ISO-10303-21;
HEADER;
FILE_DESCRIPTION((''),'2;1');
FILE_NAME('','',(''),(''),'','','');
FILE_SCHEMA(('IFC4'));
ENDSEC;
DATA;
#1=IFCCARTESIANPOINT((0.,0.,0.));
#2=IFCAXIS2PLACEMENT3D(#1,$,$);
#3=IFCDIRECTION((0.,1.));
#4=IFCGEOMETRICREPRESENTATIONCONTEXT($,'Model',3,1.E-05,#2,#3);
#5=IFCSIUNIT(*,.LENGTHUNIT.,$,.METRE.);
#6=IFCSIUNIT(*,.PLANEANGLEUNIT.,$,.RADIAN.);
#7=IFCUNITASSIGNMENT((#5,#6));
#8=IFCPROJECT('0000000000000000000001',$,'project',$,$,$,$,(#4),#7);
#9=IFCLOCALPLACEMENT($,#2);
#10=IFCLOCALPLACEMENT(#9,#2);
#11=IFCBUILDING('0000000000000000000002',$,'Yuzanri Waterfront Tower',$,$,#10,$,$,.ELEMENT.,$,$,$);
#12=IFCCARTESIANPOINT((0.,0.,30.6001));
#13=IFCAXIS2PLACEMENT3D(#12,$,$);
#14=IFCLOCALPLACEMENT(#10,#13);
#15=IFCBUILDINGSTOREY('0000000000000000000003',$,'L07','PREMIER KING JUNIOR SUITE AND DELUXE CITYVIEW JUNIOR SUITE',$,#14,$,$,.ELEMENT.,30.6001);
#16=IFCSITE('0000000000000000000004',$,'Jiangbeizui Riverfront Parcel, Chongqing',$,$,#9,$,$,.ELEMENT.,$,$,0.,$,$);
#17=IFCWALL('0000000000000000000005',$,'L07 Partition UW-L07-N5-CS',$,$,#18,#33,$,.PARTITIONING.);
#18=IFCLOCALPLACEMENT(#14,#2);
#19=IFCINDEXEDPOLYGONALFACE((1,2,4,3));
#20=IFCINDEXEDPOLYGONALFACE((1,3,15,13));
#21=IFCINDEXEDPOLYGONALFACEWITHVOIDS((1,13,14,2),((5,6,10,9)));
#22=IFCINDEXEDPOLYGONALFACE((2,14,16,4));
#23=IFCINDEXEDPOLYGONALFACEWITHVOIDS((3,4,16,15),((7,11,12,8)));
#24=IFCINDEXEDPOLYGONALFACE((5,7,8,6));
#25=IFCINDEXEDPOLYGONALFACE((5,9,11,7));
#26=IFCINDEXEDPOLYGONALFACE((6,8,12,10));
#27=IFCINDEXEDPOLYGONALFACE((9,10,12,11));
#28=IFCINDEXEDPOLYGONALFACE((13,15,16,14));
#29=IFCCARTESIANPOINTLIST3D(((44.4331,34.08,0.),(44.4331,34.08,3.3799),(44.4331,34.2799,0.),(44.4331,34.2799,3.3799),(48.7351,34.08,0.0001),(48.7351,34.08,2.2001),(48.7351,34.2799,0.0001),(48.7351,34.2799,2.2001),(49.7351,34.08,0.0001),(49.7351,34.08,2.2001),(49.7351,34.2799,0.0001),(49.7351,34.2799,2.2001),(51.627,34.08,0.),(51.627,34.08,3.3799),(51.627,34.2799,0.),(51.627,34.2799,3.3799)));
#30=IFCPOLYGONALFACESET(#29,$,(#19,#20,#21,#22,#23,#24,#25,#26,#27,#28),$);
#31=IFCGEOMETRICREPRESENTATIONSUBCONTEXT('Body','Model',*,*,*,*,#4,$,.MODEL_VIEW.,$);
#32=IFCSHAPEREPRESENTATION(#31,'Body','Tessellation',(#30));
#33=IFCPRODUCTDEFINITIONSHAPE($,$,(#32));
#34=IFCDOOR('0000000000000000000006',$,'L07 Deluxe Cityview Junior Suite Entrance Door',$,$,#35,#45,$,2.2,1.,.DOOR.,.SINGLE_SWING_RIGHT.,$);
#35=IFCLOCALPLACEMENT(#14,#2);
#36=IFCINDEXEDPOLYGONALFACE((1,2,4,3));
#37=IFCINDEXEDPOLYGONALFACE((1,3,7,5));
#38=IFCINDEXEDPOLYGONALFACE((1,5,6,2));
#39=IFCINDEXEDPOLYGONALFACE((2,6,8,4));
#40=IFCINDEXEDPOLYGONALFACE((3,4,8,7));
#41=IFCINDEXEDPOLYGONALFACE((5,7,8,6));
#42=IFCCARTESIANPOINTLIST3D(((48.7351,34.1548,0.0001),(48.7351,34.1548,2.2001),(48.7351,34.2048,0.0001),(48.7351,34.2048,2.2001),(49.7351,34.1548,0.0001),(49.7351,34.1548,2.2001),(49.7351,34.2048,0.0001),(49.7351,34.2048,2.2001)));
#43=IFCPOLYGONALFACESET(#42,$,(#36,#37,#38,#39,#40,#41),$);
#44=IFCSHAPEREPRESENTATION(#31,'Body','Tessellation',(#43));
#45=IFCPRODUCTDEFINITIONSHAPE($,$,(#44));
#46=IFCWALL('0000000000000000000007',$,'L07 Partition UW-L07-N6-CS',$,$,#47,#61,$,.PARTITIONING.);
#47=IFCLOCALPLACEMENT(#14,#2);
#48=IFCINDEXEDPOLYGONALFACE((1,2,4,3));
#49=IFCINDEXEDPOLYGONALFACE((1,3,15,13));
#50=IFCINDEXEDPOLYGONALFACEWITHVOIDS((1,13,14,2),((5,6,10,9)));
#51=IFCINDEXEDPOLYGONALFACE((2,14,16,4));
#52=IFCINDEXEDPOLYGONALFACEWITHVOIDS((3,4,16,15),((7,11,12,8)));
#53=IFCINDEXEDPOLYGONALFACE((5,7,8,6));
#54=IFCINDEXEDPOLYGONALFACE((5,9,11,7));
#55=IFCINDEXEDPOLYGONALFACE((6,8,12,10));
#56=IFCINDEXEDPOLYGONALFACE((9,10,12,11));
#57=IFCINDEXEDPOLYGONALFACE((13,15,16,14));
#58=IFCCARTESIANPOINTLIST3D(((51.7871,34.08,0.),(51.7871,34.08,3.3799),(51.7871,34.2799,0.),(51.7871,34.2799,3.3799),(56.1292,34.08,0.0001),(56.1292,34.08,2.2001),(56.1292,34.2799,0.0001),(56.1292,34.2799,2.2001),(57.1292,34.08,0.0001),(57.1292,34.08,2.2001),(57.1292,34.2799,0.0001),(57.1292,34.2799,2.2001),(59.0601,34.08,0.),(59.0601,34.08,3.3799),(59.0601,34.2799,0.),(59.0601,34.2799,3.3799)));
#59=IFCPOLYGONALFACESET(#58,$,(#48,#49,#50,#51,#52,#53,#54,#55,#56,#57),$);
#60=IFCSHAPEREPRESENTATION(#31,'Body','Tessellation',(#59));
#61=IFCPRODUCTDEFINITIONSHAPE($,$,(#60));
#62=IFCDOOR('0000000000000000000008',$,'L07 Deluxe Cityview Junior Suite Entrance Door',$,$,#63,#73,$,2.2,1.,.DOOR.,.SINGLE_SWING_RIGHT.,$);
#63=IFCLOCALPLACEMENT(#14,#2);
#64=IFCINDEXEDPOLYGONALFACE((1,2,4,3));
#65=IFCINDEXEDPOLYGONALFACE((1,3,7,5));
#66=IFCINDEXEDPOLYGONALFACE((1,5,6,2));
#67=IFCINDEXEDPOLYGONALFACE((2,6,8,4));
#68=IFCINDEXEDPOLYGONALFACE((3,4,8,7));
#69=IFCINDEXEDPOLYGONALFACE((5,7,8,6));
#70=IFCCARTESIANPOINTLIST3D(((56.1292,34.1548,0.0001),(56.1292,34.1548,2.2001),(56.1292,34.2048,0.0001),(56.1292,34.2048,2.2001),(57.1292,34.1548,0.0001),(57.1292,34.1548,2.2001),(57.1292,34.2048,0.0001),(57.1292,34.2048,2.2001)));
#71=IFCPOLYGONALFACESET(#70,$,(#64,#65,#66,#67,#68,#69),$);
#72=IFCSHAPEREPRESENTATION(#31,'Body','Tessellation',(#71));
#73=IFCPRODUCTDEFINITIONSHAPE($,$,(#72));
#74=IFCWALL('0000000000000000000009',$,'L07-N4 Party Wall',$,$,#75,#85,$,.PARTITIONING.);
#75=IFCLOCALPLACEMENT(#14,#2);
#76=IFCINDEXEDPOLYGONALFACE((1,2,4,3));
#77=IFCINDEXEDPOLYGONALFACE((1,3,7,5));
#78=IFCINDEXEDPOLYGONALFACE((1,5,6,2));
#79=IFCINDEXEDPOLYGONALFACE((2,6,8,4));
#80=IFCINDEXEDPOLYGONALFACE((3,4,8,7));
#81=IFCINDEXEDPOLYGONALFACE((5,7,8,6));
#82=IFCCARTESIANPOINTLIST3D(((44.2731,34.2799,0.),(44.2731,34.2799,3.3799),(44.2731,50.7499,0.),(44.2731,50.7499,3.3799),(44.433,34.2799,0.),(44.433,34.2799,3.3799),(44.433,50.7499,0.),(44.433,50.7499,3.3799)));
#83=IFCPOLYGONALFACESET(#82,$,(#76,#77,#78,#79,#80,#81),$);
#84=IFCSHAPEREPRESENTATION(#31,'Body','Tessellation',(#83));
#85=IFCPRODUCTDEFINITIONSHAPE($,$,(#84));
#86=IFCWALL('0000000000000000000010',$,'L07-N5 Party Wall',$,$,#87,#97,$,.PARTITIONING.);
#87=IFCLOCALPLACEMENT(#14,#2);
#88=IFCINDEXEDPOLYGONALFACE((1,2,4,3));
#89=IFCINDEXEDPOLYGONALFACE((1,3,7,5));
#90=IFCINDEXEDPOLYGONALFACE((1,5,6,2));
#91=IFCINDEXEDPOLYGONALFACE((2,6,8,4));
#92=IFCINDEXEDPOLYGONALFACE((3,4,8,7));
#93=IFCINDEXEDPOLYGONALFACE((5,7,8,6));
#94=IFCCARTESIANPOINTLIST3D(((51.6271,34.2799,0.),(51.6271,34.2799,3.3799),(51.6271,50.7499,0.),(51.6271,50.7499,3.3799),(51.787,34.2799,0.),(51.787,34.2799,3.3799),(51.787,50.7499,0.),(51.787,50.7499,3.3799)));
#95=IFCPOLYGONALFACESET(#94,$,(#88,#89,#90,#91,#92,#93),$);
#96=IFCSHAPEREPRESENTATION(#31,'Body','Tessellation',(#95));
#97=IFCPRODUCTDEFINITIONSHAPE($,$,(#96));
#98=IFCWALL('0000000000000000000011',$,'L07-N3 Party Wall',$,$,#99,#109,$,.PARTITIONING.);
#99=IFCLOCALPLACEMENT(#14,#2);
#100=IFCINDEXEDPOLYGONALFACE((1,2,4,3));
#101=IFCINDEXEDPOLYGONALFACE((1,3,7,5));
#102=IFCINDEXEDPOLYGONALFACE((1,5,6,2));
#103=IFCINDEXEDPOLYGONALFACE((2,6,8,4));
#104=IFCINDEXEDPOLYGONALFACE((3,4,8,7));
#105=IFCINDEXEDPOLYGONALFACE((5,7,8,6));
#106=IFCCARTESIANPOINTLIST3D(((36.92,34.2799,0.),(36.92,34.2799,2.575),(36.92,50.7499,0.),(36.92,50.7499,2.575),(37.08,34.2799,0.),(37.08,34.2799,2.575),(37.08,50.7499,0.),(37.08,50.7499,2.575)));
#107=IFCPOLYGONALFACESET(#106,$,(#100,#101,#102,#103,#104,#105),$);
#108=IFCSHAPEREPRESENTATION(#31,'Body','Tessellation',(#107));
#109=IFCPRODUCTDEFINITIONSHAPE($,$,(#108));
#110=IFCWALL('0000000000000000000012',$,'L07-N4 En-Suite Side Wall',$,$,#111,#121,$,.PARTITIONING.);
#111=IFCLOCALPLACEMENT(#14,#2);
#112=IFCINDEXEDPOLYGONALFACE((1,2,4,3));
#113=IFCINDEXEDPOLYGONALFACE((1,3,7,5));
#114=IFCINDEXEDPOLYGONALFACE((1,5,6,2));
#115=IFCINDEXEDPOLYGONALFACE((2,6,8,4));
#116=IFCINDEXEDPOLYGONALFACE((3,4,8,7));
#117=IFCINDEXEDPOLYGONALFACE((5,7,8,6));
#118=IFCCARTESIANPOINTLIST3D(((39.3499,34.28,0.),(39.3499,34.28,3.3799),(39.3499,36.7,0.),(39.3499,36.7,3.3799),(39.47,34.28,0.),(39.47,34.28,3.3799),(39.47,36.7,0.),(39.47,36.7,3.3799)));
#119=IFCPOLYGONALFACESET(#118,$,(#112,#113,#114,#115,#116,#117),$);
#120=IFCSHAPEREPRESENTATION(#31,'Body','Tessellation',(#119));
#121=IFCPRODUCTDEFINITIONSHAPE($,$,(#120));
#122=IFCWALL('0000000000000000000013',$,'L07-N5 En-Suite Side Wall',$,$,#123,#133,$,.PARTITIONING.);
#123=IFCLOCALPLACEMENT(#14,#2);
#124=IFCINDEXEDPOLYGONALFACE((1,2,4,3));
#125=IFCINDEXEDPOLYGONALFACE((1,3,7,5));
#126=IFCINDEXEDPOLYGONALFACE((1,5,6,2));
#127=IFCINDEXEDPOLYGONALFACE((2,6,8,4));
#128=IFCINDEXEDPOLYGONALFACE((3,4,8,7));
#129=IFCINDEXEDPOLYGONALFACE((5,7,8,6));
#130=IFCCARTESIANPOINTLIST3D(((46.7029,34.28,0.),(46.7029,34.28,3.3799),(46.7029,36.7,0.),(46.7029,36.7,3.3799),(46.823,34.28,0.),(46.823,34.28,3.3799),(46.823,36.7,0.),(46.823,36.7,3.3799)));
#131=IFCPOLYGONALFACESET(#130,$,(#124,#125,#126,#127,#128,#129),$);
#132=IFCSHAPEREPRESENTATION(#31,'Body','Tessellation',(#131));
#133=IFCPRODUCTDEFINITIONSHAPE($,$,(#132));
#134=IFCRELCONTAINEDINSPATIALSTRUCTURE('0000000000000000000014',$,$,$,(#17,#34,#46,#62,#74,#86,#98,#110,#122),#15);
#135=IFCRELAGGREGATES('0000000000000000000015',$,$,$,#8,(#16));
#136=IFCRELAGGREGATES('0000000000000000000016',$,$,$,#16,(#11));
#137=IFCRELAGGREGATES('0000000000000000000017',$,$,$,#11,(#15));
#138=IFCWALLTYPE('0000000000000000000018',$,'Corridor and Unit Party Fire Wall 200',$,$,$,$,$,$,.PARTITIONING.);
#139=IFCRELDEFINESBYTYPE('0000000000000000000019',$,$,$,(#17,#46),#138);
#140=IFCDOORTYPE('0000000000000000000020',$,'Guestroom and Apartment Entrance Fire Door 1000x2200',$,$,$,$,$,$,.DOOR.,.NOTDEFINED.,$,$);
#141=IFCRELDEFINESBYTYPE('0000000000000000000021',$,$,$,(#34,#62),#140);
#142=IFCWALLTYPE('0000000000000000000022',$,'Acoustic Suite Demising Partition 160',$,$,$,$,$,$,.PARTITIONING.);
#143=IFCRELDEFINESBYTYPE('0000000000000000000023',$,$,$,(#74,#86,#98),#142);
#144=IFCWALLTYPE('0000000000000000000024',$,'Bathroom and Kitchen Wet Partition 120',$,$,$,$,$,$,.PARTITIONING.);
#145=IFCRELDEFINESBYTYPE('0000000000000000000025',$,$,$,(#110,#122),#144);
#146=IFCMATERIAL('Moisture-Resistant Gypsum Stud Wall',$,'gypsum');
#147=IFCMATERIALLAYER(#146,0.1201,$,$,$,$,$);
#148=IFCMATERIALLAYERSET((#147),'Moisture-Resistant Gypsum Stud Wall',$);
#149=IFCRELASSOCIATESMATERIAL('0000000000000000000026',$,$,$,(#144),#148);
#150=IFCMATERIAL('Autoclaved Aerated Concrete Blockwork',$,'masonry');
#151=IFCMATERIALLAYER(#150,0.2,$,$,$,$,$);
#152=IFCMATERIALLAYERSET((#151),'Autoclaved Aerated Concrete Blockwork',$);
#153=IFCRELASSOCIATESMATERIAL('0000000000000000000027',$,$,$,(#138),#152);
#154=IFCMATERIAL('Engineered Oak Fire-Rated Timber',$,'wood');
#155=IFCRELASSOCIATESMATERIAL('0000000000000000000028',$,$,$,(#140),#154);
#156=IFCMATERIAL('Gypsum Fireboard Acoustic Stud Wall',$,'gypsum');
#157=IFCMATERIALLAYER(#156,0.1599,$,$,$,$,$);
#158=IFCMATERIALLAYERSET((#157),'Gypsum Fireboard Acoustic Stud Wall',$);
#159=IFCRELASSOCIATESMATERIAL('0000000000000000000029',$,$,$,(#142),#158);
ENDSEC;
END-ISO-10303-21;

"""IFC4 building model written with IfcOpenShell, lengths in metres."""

from ifc_helpers import new_model, si_unit, direction, frame, frame_2d, origin, place, context, subcontext, project, spatial, rectangle, extrude, source, transform, mapped, material, layer, layer_set, type_object, element, fill, save


model = new_model("IFC4")

# Units and contexts
model_context = context("Model", 3, precision=1e-05, world=origin(), true_north=direction((0.0, 1.0)))
body_context = subcontext(model_context, "Body", "Model", "MODEL_VIEW")
ifc_project = project(units=[si_unit("LENGTHUNIT", "METRE"), si_unit("PLANEANGLEUNIT", "RADIAN")], contexts=[model_context])

# Site, building, storey
site_placement = place(None, origin())
site = spatial("IfcSite", under=ifc_project, at=site_placement, Name="Jiangbeizui Riverfront Parcel, Chongqing", CompositionType="ELEMENT", RefElevation=0.0)
building_placement = place(site_placement, origin())
building = spatial("IfcBuilding", under=site, at=building_placement, Name="Yuzanri Waterfront Tower", CompositionType="ELEMENT")
storey_placement = place(building_placement, frame((0.0, 0.0, 30.6001)))
storey = spatial("IfcBuildingStorey", under=building, at=storey_placement, Name="L07", Description="PREMIER KING JUNIOR SUITE AND DELUXE CITYVIEW JUNIOR SUITE", CompositionType="ELEMENT", Elevation=30.6001)

# Walls, openings, doors
ifc_material_1 = material(Name="Moisture-Resistant Gypsum Stud Wall", Category="gypsum")
ifc_layer_1 = layer(ifc_material_1, 0.1201)
ifc_layer_set_1 = layer_set([ifc_layer_1], Name="Moisture-Resistant Gypsum Stud Wall")
wall_type_1 = type_object("IfcWallType", Name="Bathroom and Kitchen Wet Partition 120", PredefinedType="PARTITIONING", material=ifc_layer_set_1)
ifc_material_2 = material(Name="Autoclaved Aerated Concrete Blockwork", Category="masonry")
ifc_layer_2 = layer(ifc_material_2, 0.2)
ifc_layer_set_2 = layer_set([ifc_layer_2], Name="Autoclaved Aerated Concrete Blockwork")
wall_type_2 = type_object("IfcWallType", Name="Corridor and Unit Party Fire Wall 200", PredefinedType="PARTITIONING", material=ifc_layer_set_2)
wall_1_placement = place(storey_placement, frame((44.4331, 34.1799, 0.0), z_axis=(0.0, 0.0, 1.0), x_axis=(1.0, 0.0, 0.0)))
wall_1 = element("IfcWall", 1, at=wall_1_placement, inside=storey, type_object=wall_type_2, Name="L07 Partition UW-L07-N5-CS", PredefinedType="PARTITIONING", context=body_context, shape_type="SweptSolid", body=[
    extrude(rectangle(XDim=7.1938, YDim=0.2, at=frame_2d((3.5969, 0.0))), origin(), (0.0, 0.0, 1.0), 3.3799),
])
opening_1_placement = place(wall_1_placement, frame((4.302, 0.0, 0.0)))
opening_1 = element("IfcOpeningElement", 2, at=opening_1_placement, cuts=wall_1, PredefinedType="OPENING", context=body_context, shape_type="SweptSolid", body=[
    extrude(rectangle(XDim=1.0, YDim=2.2, at=frame_2d((0.5, 1.1001))), frame((0.0, 0.1147, 0.0), z_axis=(0.0, -1.0, 0.0), x_axis=(1.0, 0.0, 0.0)), (0.0, 0.0, 1.0), 0.2297),
])
ifc_material_3 = material(Name="Engineered Oak Fire-Rated Timber", Category="wood")
door_type_1 = type_object("IfcDoorType", Name="Guestroom and Apartment Entrance Fire Door 1000x2200", OperationType="NOTDEFINED", PredefinedType="DOOR", material=ifc_material_3)
shared_shape_1 = source(origin(), body_context, "Body", "SweptSolid", [
    extrude(rectangle(XDim=1.0, YDim=2.2, at=frame_2d((0.5, 1.1001))), frame((0.0, 0.0249, 0.0), z_axis=(0.0, -1.0, 0.0), x_axis=(1.0, 0.0, 0.0)), (0.0, 0.0, 1.0), 0.05),
])
door_1_placement = place(opening_1_placement, origin())
door_1 = element("IfcDoor", 3, at=door_1_placement, inside=storey, type_object=door_type_1, Name="L07 Deluxe Cityview Junior Suite Entrance Door", OperationType="SINGLE_SWING_RIGHT", OverallHeight=2.2, OverallWidth=1.0, PredefinedType="DOOR", context=body_context, shape_type="MappedRepresentation", body=[
    mapped(shared_shape_1, transform((0.0, 0.0, 0.0), scale=1.0)),
])
fill(opening_1, door_1)
wall_2_placement = place(storey_placement, frame((51.7871, 34.1799, 0.0), z_axis=(0.0, 0.0, 1.0), x_axis=(1.0, 0.0, 0.0)))
wall_2 = element("IfcWall", 4, at=wall_2_placement, inside=storey, type_object=wall_type_2, Name="L07 Partition UW-L07-N6-CS", PredefinedType="PARTITIONING", context=body_context, shape_type="SweptSolid", body=[
    extrude(rectangle(XDim=7.2729, YDim=0.2, at=frame_2d((3.6365, 0.0))), origin(), (0.0, 0.0, 1.0), 3.3799),
])
opening_2_placement = place(wall_2_placement, frame((4.342, 0.0, 0.0)))
opening_2 = element("IfcOpeningElement", 5, at=opening_2_placement, cuts=wall_2, PredefinedType="OPENING", context=body_context, shape_type="SweptSolid", body=[
    extrude(rectangle(XDim=1.0, YDim=2.2, at=frame_2d((0.5, 1.1001))), frame((0.0, 0.1147, 0.0), z_axis=(0.0, -1.0, 0.0), x_axis=(1.0, 0.0, 0.0)), (0.0, 0.0, 1.0), 0.2297),
])
door_2_placement = place(opening_2_placement, origin())
door_2 = element("IfcDoor", 6, at=door_2_placement, inside=storey, type_object=door_type_1, Name="L07 Deluxe Cityview Junior Suite Entrance Door", OperationType="SINGLE_SWING_RIGHT", OverallHeight=2.2, OverallWidth=1.0, PredefinedType="DOOR", context=body_context, shape_type="MappedRepresentation", body=[
    mapped(shared_shape_1, transform((0.0, 0.0, 0.0), scale=1.0)),
])
fill(opening_2, door_2)

# Walls
ifc_material_4 = material(Name="Gypsum Fireboard Acoustic Stud Wall", Category="gypsum")
ifc_layer_3 = layer(ifc_material_4, 0.1599)
ifc_layer_set_3 = layer_set([ifc_layer_3], Name="Gypsum Fireboard Acoustic Stud Wall")
wall_type_3 = type_object("IfcWallType", Name="Acoustic Suite Demising Partition 160", PredefinedType="PARTITIONING", material=ifc_layer_set_3)
shared_shape_2 = source(origin(), body_context, "Body", "SweptSolid", [
    extrude(rectangle(XDim=16.47, YDim=0.1599, at=frame_2d((8.2349, 0.0))), origin(), (0.0, 0.0, 1.0), 3.3799),
])
for number, where, z_axis, x_axis, name in (
    (7, (44.353, 34.28, 0.0), (0.0, 0.0, 1.0), (0.0, 1.0, 0.0), "L07-N4 Party Wall"),
    (8, (51.707, 34.28, 0.0), (0.0, 0.0, 1.0), (0.0, 1.0, 0.0), "L07-N5 Party Wall"),
):
    element("IfcWall", number, at=place(storey_placement, frame(where, z_axis=z_axis, x_axis=x_axis)), inside=storey, type_object=wall_type_3, Name=name, PredefinedType="PARTITIONING", context=body_context, shape_type="MappedRepresentation", body=[
        mapped(shared_shape_2, transform((0.0, 0.0, 0.0), scale=1.0)),
    ])
shared_shape_3 = source(origin(), body_context, "Body", "SweptSolid", [
    extrude(rectangle(XDim=16.47, YDim=0.1599, at=frame_2d((8.2349, 0.0))), origin(), (0.0, 0.0, 1.0), 2.575),
])
wall_3_placement = place(storey_placement, frame((37.0, 34.28, 0.0), z_axis=(0.0, 0.0, 1.0), x_axis=(0.0, 1.0, 0.0)))
element("IfcWall", 9, at=wall_3_placement, inside=storey, type_object=wall_type_3, Name="L07-N3 Party Wall", PredefinedType="PARTITIONING", context=body_context, shape_type="MappedRepresentation", body=[
    mapped(shared_shape_3, transform((0.0, 0.0, 0.0), scale=1.0)),
])
shared_shape_4 = source(origin(), body_context, "Body", "SweptSolid", [
    extrude(rectangle(XDim=2.4199, YDim=0.1201, at=frame_2d((1.21, 0.0))), origin(), (0.0, 0.0, 1.0), 3.3799),
])
for number, where, z_axis, x_axis, name in (
    (10, (39.4099, 34.28, 0.0), (0.0, 0.0, 1.0), (0.0, 1.0, 0.0), "L07-N4 En-Suite Side Wall"),
    (11, (46.7629, 34.28, 0.0), (0.0, 0.0, 1.0), (0.0, 1.0, 0.0), "L07-N5 En-Suite Side Wall"),
):
    element("IfcWall", number, at=place(storey_placement, frame(where, z_axis=z_axis, x_axis=x_axis)), inside=storey, type_object=wall_type_1, Name=name, PredefinedType="PARTITIONING", context=body_context, shape_type="MappedRepresentation", body=[
        mapped(shared_shape_4, transform((0.0, 0.0, 0.0), scale=1.0)),
    ])

save(model, "model.ifc")
